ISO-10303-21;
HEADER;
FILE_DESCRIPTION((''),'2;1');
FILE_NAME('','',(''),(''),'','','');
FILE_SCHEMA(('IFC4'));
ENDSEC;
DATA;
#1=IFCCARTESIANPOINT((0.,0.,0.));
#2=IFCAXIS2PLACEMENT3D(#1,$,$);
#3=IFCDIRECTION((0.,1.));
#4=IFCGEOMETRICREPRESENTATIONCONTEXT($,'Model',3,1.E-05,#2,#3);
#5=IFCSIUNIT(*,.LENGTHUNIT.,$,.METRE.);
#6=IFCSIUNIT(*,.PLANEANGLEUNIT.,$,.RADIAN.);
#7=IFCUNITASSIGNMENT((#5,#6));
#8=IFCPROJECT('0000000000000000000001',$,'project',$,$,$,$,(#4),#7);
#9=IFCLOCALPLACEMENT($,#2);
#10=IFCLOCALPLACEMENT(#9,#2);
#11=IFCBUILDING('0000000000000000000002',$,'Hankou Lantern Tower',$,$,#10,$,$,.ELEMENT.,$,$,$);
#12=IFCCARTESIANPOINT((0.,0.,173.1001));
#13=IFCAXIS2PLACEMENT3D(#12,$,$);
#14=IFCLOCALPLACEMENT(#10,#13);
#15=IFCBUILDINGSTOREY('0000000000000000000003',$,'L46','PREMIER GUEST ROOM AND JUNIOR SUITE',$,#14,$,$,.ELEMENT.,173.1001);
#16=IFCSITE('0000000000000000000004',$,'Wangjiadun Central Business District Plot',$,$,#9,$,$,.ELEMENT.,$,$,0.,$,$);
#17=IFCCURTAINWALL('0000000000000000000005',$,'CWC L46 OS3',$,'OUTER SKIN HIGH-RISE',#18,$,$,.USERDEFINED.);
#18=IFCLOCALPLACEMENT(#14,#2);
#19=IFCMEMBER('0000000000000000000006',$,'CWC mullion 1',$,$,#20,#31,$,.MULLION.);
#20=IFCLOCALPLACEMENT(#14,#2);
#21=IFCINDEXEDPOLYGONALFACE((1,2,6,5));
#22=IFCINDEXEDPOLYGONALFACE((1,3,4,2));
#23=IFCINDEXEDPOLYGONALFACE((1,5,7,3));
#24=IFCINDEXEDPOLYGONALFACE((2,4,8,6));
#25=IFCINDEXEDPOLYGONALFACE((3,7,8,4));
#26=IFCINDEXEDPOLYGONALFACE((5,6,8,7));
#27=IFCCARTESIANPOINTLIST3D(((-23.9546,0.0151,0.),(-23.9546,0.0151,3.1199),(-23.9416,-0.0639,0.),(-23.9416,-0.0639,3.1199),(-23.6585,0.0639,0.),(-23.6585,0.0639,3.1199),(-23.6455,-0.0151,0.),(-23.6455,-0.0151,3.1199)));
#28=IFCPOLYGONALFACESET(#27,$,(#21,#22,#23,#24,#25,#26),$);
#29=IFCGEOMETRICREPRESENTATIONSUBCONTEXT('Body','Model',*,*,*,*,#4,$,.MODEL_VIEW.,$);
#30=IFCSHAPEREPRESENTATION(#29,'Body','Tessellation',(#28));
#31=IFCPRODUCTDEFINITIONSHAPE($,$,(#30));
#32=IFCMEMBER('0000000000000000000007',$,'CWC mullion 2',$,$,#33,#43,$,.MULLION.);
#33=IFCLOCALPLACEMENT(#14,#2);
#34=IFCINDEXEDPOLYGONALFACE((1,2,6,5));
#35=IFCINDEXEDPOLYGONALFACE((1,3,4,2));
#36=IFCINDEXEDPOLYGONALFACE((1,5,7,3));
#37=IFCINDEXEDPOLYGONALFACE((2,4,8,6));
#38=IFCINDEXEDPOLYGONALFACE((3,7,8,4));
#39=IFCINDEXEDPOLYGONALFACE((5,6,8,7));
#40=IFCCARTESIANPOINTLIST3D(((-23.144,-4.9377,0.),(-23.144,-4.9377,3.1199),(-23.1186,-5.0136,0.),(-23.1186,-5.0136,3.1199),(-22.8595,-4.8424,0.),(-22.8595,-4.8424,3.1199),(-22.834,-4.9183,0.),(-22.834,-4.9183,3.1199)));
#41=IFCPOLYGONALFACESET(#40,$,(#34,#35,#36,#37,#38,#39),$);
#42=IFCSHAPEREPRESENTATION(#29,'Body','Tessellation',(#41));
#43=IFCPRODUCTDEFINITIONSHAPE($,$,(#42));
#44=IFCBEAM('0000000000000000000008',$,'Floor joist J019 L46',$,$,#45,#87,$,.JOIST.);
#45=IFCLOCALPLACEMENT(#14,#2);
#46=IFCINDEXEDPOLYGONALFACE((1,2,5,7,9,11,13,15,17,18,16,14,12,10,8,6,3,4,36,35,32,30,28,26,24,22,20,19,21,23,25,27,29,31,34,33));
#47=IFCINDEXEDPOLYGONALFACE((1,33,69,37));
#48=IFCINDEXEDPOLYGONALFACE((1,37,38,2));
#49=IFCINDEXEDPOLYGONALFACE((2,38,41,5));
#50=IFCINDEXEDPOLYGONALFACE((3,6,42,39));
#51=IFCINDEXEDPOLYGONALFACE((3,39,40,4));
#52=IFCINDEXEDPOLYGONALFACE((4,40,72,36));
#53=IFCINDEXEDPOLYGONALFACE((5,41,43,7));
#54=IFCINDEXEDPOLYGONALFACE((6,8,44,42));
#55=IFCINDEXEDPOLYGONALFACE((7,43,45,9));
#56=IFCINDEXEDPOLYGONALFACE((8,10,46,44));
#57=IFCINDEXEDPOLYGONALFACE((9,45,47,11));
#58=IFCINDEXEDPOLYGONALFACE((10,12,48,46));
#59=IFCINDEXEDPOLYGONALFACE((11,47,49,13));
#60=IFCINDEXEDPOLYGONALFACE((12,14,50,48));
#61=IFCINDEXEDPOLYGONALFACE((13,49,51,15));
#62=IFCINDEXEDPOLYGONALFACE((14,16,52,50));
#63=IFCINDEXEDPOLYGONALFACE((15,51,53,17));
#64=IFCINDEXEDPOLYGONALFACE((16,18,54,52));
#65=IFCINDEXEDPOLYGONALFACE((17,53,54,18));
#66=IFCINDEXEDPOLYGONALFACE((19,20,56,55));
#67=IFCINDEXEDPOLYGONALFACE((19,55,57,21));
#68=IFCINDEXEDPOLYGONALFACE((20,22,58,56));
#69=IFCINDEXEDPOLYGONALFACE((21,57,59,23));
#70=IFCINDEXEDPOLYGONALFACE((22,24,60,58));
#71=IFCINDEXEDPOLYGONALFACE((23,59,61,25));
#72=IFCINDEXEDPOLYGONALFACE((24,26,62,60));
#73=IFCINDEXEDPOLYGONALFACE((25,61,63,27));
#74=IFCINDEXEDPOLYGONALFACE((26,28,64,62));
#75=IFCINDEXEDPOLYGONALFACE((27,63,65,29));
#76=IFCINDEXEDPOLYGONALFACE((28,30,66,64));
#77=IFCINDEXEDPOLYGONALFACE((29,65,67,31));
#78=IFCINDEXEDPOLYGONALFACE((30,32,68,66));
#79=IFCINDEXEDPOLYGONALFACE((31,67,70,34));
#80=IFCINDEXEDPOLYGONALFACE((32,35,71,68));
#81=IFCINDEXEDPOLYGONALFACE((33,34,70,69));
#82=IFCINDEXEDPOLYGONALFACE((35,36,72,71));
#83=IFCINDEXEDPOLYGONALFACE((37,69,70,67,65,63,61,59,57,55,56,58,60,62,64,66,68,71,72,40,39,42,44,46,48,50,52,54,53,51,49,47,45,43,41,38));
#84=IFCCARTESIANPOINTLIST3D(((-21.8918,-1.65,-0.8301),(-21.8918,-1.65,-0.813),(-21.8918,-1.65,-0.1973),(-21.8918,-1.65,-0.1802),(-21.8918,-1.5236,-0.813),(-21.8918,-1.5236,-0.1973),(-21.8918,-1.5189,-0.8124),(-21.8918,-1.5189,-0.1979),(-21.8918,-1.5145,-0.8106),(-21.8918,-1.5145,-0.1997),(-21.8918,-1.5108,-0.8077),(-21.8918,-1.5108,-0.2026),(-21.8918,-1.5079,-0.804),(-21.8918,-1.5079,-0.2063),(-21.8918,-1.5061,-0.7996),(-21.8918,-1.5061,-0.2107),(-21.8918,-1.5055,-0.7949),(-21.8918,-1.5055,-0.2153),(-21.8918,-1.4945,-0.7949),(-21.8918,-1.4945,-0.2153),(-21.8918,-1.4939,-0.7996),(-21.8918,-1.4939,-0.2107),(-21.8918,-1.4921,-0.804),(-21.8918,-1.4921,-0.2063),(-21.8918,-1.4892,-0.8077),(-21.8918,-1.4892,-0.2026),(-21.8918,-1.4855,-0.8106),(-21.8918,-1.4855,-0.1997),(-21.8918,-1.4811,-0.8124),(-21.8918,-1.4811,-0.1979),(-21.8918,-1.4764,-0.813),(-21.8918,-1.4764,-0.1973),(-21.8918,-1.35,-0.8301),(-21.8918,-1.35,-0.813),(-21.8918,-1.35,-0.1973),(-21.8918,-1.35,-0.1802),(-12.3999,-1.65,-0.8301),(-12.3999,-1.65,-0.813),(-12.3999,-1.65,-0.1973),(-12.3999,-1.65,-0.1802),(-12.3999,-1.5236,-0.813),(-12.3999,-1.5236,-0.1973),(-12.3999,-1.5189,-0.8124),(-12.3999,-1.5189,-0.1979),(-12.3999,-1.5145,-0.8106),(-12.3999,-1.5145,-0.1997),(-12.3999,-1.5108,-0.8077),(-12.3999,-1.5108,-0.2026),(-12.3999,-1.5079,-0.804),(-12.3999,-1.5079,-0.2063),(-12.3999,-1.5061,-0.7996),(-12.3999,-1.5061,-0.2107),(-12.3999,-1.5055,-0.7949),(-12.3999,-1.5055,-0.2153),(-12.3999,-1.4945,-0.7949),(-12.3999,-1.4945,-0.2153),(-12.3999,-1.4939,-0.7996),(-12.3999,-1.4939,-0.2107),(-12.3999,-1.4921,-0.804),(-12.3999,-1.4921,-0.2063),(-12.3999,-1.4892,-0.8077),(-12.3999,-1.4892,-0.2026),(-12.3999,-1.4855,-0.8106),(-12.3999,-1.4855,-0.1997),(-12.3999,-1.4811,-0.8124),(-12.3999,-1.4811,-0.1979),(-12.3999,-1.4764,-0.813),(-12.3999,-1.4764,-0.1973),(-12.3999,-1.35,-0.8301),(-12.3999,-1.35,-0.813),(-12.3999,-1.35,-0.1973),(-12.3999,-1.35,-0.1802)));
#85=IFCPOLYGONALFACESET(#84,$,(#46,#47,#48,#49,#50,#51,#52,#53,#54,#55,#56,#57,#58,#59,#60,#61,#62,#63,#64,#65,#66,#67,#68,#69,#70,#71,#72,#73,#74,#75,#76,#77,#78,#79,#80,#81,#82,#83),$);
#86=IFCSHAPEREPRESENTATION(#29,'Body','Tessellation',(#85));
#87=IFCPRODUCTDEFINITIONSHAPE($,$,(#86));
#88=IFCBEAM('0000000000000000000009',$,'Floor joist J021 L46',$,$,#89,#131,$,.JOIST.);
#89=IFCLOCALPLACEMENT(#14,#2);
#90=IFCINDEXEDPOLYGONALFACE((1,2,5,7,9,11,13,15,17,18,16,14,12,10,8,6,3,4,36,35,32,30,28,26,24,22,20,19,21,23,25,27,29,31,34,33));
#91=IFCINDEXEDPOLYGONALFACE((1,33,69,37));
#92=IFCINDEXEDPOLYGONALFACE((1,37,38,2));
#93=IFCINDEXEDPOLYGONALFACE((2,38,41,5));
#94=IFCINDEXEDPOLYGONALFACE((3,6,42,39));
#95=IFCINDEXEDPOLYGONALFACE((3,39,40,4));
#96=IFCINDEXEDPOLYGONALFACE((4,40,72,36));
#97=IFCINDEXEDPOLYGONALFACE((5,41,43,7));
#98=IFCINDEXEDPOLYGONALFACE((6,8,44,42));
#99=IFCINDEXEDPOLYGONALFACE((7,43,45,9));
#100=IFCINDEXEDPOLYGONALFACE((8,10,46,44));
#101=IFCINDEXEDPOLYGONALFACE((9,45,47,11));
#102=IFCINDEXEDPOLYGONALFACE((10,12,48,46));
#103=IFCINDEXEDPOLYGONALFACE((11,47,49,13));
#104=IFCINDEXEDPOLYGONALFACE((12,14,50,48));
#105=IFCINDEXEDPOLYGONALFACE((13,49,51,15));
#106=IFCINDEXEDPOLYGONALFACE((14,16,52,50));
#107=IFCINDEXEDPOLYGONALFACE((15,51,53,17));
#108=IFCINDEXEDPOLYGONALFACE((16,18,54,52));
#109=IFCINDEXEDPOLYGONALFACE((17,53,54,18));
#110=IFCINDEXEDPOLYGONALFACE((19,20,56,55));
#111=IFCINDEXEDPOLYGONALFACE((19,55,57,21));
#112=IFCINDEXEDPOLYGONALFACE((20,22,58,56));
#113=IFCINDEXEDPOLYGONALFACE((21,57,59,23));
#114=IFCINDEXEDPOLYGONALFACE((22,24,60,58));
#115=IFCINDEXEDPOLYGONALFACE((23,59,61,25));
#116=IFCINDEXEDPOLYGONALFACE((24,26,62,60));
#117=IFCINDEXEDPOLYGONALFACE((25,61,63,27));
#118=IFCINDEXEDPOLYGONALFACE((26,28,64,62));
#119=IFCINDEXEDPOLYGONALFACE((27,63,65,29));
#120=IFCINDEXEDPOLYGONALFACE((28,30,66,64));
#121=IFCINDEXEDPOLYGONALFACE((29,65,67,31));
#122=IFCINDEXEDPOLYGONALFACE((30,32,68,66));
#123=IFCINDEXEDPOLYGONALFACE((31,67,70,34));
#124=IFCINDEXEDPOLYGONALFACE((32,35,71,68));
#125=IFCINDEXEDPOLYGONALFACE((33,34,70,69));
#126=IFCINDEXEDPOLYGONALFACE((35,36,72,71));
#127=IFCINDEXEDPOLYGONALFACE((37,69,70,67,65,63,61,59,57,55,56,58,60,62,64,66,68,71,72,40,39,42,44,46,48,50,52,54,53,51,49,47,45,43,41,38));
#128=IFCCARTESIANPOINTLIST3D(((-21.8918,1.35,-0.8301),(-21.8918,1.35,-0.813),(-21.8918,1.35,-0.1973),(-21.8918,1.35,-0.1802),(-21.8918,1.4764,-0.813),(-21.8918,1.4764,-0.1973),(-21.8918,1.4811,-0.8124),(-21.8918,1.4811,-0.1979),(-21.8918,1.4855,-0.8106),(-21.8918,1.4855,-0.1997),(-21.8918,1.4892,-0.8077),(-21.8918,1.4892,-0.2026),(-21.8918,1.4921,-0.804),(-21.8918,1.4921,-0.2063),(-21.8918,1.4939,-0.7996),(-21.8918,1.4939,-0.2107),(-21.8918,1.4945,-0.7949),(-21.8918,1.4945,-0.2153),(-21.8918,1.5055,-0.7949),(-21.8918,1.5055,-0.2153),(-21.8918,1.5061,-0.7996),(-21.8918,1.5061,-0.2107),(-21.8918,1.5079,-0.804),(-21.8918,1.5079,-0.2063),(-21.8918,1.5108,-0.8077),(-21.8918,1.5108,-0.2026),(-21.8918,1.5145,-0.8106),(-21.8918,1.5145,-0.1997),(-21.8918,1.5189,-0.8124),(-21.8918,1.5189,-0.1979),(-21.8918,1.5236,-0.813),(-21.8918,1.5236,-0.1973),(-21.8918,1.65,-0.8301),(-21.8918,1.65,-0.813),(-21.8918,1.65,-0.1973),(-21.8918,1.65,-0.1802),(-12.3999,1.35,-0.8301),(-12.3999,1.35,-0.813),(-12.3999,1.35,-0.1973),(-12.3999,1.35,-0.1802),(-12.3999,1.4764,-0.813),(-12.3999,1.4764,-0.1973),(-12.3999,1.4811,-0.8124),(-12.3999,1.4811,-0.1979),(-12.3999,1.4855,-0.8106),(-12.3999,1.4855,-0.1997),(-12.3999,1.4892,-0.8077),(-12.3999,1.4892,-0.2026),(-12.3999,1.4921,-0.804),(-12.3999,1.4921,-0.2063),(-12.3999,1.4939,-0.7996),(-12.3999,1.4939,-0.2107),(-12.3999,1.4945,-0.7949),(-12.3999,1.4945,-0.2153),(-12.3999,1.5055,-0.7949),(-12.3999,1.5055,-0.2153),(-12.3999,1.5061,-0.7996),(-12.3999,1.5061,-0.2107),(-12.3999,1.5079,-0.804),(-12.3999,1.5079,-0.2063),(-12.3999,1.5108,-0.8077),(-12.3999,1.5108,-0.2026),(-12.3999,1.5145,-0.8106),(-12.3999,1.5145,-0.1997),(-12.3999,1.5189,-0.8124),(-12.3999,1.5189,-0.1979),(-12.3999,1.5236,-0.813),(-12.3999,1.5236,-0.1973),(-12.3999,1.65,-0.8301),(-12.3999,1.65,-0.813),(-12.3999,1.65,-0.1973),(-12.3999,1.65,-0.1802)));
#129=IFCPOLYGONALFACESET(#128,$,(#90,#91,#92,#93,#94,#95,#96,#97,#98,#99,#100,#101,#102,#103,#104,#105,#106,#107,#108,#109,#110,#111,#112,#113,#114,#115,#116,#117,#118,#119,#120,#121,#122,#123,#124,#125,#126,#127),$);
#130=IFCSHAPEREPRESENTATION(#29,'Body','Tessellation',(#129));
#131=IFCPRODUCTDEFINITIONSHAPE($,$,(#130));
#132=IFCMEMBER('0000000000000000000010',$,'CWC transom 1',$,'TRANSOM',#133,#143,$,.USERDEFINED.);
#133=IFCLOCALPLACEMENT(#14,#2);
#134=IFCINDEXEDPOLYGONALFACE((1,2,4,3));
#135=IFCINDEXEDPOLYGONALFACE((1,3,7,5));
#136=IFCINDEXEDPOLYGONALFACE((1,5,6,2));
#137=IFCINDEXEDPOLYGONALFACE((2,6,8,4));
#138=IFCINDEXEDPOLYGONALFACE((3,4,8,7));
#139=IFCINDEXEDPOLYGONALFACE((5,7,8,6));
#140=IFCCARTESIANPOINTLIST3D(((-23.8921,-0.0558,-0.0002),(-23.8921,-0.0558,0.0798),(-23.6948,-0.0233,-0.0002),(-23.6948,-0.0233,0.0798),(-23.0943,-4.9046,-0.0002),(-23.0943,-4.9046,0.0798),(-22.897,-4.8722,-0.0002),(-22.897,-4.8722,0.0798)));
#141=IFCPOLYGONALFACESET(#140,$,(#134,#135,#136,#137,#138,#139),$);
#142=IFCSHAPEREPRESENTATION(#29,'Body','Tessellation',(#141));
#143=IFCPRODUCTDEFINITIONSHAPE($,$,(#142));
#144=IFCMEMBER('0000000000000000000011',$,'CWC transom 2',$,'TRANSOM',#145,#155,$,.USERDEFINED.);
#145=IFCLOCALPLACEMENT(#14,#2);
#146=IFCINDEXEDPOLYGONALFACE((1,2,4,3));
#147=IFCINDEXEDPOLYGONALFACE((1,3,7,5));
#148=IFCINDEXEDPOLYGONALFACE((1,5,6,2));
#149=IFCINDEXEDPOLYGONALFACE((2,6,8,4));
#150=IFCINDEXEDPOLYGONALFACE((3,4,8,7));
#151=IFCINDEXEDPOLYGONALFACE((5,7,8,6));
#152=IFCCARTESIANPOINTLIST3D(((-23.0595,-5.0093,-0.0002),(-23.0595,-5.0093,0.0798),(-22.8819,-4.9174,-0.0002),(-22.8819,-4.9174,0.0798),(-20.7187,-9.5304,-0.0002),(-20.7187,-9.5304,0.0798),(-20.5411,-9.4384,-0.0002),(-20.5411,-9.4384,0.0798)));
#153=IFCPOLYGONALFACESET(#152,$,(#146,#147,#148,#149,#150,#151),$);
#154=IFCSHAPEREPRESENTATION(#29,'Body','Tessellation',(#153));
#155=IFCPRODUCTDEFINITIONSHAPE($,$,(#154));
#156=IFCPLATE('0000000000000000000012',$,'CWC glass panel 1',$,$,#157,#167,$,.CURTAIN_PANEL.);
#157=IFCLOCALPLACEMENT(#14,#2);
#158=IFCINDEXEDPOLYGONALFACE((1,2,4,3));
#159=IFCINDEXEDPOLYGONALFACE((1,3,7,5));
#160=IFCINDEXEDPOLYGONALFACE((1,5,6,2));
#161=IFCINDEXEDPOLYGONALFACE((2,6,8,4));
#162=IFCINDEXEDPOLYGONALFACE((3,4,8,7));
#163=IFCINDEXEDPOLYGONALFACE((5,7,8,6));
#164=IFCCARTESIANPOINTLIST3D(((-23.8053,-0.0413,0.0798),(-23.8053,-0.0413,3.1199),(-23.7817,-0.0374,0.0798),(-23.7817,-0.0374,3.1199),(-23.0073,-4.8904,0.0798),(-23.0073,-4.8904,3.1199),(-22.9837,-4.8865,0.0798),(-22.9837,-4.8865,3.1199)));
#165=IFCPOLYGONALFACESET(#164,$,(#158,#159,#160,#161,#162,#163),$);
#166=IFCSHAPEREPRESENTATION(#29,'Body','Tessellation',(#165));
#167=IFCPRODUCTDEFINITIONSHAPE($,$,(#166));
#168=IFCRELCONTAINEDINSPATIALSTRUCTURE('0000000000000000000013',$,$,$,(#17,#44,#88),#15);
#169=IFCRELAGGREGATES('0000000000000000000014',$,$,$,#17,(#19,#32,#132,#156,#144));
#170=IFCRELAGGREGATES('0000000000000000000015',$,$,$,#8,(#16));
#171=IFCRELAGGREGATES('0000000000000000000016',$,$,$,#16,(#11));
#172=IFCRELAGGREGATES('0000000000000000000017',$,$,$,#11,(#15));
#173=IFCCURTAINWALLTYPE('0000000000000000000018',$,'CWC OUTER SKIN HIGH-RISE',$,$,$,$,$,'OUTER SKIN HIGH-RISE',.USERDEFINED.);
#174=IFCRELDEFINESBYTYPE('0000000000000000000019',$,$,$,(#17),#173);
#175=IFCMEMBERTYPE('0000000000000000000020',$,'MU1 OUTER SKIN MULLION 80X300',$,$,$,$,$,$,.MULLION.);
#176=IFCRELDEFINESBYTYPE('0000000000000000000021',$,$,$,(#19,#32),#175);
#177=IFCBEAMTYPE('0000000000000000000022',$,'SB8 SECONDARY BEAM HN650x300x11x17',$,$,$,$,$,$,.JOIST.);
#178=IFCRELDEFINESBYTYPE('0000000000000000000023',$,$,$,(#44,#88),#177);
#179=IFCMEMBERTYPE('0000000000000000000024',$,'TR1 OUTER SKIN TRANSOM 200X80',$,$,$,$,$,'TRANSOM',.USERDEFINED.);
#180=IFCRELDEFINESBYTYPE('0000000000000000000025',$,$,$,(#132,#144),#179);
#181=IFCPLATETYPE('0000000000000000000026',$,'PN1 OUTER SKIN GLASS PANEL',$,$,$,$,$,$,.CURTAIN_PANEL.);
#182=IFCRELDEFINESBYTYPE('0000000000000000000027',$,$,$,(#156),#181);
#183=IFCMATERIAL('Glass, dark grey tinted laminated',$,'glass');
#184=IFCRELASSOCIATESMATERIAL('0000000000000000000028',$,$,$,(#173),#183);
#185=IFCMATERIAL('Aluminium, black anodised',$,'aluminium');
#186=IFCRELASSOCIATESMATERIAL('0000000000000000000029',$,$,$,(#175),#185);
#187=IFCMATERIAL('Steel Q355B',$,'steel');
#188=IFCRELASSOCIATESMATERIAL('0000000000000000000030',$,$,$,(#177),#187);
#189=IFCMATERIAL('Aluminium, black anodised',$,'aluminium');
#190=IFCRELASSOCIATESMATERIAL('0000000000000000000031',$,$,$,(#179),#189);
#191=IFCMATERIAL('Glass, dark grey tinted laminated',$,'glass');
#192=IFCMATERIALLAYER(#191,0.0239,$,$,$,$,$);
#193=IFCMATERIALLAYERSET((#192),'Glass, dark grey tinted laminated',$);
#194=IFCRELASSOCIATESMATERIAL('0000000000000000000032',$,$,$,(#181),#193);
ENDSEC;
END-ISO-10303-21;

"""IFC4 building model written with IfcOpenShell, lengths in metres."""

from ifc_helpers import new_model, si_unit, direction, frame, origin, origin_2d, place, context, subcontext, project, spatial, rectangle, i_section, extrude, material, layer, layer_set, material_profile, profile_set, type_object, element, aggregate, save


model = new_model("IFC4")

# Units and contexts
model_context = context("Model", 3, precision=1e-05, world=origin(), true_north=direction((0.0, 1.0)))
body_context = subcontext(model_context, "Body", "Model", "MODEL_VIEW")
ifc_project = project(units=[si_unit("LENGTHUNIT", "METRE"), si_unit("PLANEANGLEUNIT", "RADIAN")], contexts=[model_context])

# Site, building, storey
site_placement = place(None, origin())
site = spatial("IfcSite", under=ifc_project, at=site_placement, Name="Wangjiadun Central Business District Plot", CompositionType="ELEMENT", RefElevation=0.0)
building_placement = place(site_placement, origin())
building = spatial("IfcBuilding", under=site, at=building_placement, Name="Hankou Lantern Tower", CompositionType="ELEMENT")
storey_placement = place(building_placement, frame((0.0, 0.0, 173.1001)))
storey = spatial("IfcBuildingStorey", under=building, at=storey_placement, Name="L46", Description="PREMIER GUEST ROOM AND JUNIOR SUITE", CompositionType="ELEMENT", Elevation=173.1001)

# Curtain wall, members
ifc_material_1 = material(Name="Glass, dark grey tinted laminated", Category="glass")
curtain_wall_type = type_object("IfcCurtainWallType", Name="CWC OUTER SKIN HIGH-RISE", ElementType="OUTER SKIN HIGH-RISE", PredefinedType="USERDEFINED", material=ifc_material_1)
curtain_wall_placement = place(storey_placement, origin())
curtain_wall = element("IfcCurtainWall", 1, at=curtain_wall_placement, inside=storey, type_object=curtain_wall_type, Name="CWC L46 OS3", ObjectType="OUTER SKIN HIGH-RISE", PredefinedType="USERDEFINED")
ifc_material_2 = material(Name="Aluminium, black anodised", Category="aluminium")
ifc_material_profile_1 = material_profile(ifc_material_2, rectangle(XDim=0.0801, YDim=0.3, at=origin_2d()), Name="MU1 80X300")
ifc_profile_set_1 = profile_set([ifc_material_profile_1], Name="Aluminium, black anodised")
member_type_1 = type_object("IfcMemberType", Name="MU1 OUTER SKIN MULLION 80X300", PredefinedType="MULLION", material=ifc_profile_set_1)
member_1_placement = place(storey_placement, frame((-23.8, 0.0, 0.0), z_axis=(0.0, 0.0, 1.0), x_axis=(0.162382, -0.986728, 0.0)))
member_1 = element("IfcMember", 2, at=member_1_placement, type_object=member_type_1, Name="CWC mullion 1", PredefinedType="MULLION", context=body_context, shape_type="SweptSolid", body=[
    extrude(rectangle(XDim=0.0801, YDim=0.3, at=origin_2d()), origin(), (0.0, 0.0, 1.0), 3.1199),
])
member_2_placement = place(storey_placement, frame((-22.989, -4.928, 0.0), z_axis=(0.0, 0.0, 1.0), x_axis=(0.317596, -0.948226, 0.0)))
member_2 = element("IfcMember", 3, at=member_2_placement, type_object=member_type_1, Name="CWC mullion 2", PredefinedType="MULLION", context=body_context, shape_type="SweptSolid", body=[
    extrude(rectangle(XDim=0.0801, YDim=0.3, at=origin_2d()), origin(), (0.0, 0.0, 1.0), 3.1199),
])

# Beams
ifc_material_3 = material(Name="Steel Q355B", Category="steel")
ifc_material_profile_2 = material_profile(ifc_material_3, i_section(OverallWidth=0.3, OverallDepth=0.6499, WebThickness=0.011, FlangeThickness=0.0171, FilletRadius=0.0181, at=origin_2d()), Name="HN650x300x11x17")
ifc_profile_set_2 = profile_set([ifc_material_profile_2], Name="Steel Q355B")
beam_type_1 = type_object("IfcBeamType", Name="SB8 SECONDARY BEAM HN650x300x11x17", PredefinedType="JOIST", material=ifc_profile_set_2)
for number, where, z_axis, x_axis, name in (
    (4, (-21.8918, -1.5, -0.5051), (1.0, 0.0, 0.0), (0.0, 1.0, 0.0), "Floor joist J019 L46"),
    (5, (-21.8918, 1.5, -0.5051), (1.0, 0.0, 0.0), (0.0, 1.0, 0.0), "Floor joist J021 L46"),
):
    element("IfcBeam", number, at=place(storey_placement, frame(where, z_axis=z_axis, x_axis=x_axis)), inside=storey, type_object=beam_type_1, Name=name, PredefinedType="JOIST", context=body_context, shape_type="SweptSolid", body=[
        extrude(i_section(OverallWidth=0.3, OverallDepth=0.6499, WebThickness=0.011, FlangeThickness=0.0171, FilletRadius=0.0181, at=origin_2d()), origin(), (0.0, 0.0, 1.0), 9.4919),
    ])

# Members
ifc_material_4 = material(Name="Aluminium, black anodised", Category="aluminium")
ifc_material_profile_3 = material_profile(ifc_material_4, rectangle(XDim=0.2, YDim=0.0801, at=origin_2d()), Name="TR1 200X80")
ifc_profile_set_3 = profile_set([ifc_material_profile_3], Name="Aluminium, black anodised")
member_type_2 = type_object("IfcMemberType", Name="TR1 OUTER SKIN TRANSOM 200X80", ElementType="TRANSOM", PredefinedType="USERDEFINED", material=ifc_profile_set_3)
member_3_placement = place(storey_placement, frame((-23.7935, -0.0396, 0.0398), z_axis=(0.16236, -0.986732, 0.0), x_axis=(0.986732, 0.16236, 0.0)))
member_3 = element("IfcMember", 6, at=member_3_placement, type_object=member_type_2, Name="CWC transom 1", ObjectType="TRANSOM", PredefinedType="USERDEFINED", context=body_context, shape_type="SweptSolid", body=[
    extrude(rectangle(XDim=0.2, YDim=0.0801, at=origin_2d()), origin(), (0.0, 0.0, 1.0), 4.9141),
])
member_4_placement = place(storey_placement, frame((-22.9707, -4.9634, 0.0398), z_axis=(0.459791, -0.888027, 0.0), x_axis=(0.888027, 0.459791, 0.0)))
member_4 = element("IfcMember", 7, at=member_4_placement, type_object=member_type_2, Name="CWC transom 2", ObjectType="TRANSOM", PredefinedType="USERDEFINED", context=body_context, shape_type="SweptSolid", body=[
    extrude(rectangle(XDim=0.2, YDim=0.0801, at=origin_2d()), origin(), (0.0, 0.0, 1.0), 5.0911),
])

# Plate
ifc_material_5 = material(Name="Glass, dark grey tinted laminated", Category="glass")
ifc_layer_1 = layer(ifc_material_5, 0.0239)
ifc_layer_set_1 = layer_set([ifc_layer_1], Name="Glass, dark grey tinted laminated")
plate_type = type_object("IfcPlateType", Name="PN1 OUTER SKIN GLASS PANEL", PredefinedType="CURTAIN_PANEL", material=ifc_layer_set_1)
plate_placement = place(storey_placement, frame((-23.3945, -2.4639, 0.0798), z_axis=(0.0, 0.0, 1.0), x_axis=(0.162382, -0.986728, 0.0)))
plate = element("IfcPlate", 8, at=plate_placement, type_object=plate_type, Name="CWC glass panel 1", PredefinedType="CURTAIN_PANEL", context=body_context, shape_type="SweptSolid", body=[
    extrude(rectangle(XDim=4.9143, YDim=0.0239, at=origin_2d()), origin(), (0.0, 0.0, 1.0), 3.04),
])
aggregate(curtain_wall, [member_1, member_2, member_3, plate, member_4])

save(model, "model.ifc")
